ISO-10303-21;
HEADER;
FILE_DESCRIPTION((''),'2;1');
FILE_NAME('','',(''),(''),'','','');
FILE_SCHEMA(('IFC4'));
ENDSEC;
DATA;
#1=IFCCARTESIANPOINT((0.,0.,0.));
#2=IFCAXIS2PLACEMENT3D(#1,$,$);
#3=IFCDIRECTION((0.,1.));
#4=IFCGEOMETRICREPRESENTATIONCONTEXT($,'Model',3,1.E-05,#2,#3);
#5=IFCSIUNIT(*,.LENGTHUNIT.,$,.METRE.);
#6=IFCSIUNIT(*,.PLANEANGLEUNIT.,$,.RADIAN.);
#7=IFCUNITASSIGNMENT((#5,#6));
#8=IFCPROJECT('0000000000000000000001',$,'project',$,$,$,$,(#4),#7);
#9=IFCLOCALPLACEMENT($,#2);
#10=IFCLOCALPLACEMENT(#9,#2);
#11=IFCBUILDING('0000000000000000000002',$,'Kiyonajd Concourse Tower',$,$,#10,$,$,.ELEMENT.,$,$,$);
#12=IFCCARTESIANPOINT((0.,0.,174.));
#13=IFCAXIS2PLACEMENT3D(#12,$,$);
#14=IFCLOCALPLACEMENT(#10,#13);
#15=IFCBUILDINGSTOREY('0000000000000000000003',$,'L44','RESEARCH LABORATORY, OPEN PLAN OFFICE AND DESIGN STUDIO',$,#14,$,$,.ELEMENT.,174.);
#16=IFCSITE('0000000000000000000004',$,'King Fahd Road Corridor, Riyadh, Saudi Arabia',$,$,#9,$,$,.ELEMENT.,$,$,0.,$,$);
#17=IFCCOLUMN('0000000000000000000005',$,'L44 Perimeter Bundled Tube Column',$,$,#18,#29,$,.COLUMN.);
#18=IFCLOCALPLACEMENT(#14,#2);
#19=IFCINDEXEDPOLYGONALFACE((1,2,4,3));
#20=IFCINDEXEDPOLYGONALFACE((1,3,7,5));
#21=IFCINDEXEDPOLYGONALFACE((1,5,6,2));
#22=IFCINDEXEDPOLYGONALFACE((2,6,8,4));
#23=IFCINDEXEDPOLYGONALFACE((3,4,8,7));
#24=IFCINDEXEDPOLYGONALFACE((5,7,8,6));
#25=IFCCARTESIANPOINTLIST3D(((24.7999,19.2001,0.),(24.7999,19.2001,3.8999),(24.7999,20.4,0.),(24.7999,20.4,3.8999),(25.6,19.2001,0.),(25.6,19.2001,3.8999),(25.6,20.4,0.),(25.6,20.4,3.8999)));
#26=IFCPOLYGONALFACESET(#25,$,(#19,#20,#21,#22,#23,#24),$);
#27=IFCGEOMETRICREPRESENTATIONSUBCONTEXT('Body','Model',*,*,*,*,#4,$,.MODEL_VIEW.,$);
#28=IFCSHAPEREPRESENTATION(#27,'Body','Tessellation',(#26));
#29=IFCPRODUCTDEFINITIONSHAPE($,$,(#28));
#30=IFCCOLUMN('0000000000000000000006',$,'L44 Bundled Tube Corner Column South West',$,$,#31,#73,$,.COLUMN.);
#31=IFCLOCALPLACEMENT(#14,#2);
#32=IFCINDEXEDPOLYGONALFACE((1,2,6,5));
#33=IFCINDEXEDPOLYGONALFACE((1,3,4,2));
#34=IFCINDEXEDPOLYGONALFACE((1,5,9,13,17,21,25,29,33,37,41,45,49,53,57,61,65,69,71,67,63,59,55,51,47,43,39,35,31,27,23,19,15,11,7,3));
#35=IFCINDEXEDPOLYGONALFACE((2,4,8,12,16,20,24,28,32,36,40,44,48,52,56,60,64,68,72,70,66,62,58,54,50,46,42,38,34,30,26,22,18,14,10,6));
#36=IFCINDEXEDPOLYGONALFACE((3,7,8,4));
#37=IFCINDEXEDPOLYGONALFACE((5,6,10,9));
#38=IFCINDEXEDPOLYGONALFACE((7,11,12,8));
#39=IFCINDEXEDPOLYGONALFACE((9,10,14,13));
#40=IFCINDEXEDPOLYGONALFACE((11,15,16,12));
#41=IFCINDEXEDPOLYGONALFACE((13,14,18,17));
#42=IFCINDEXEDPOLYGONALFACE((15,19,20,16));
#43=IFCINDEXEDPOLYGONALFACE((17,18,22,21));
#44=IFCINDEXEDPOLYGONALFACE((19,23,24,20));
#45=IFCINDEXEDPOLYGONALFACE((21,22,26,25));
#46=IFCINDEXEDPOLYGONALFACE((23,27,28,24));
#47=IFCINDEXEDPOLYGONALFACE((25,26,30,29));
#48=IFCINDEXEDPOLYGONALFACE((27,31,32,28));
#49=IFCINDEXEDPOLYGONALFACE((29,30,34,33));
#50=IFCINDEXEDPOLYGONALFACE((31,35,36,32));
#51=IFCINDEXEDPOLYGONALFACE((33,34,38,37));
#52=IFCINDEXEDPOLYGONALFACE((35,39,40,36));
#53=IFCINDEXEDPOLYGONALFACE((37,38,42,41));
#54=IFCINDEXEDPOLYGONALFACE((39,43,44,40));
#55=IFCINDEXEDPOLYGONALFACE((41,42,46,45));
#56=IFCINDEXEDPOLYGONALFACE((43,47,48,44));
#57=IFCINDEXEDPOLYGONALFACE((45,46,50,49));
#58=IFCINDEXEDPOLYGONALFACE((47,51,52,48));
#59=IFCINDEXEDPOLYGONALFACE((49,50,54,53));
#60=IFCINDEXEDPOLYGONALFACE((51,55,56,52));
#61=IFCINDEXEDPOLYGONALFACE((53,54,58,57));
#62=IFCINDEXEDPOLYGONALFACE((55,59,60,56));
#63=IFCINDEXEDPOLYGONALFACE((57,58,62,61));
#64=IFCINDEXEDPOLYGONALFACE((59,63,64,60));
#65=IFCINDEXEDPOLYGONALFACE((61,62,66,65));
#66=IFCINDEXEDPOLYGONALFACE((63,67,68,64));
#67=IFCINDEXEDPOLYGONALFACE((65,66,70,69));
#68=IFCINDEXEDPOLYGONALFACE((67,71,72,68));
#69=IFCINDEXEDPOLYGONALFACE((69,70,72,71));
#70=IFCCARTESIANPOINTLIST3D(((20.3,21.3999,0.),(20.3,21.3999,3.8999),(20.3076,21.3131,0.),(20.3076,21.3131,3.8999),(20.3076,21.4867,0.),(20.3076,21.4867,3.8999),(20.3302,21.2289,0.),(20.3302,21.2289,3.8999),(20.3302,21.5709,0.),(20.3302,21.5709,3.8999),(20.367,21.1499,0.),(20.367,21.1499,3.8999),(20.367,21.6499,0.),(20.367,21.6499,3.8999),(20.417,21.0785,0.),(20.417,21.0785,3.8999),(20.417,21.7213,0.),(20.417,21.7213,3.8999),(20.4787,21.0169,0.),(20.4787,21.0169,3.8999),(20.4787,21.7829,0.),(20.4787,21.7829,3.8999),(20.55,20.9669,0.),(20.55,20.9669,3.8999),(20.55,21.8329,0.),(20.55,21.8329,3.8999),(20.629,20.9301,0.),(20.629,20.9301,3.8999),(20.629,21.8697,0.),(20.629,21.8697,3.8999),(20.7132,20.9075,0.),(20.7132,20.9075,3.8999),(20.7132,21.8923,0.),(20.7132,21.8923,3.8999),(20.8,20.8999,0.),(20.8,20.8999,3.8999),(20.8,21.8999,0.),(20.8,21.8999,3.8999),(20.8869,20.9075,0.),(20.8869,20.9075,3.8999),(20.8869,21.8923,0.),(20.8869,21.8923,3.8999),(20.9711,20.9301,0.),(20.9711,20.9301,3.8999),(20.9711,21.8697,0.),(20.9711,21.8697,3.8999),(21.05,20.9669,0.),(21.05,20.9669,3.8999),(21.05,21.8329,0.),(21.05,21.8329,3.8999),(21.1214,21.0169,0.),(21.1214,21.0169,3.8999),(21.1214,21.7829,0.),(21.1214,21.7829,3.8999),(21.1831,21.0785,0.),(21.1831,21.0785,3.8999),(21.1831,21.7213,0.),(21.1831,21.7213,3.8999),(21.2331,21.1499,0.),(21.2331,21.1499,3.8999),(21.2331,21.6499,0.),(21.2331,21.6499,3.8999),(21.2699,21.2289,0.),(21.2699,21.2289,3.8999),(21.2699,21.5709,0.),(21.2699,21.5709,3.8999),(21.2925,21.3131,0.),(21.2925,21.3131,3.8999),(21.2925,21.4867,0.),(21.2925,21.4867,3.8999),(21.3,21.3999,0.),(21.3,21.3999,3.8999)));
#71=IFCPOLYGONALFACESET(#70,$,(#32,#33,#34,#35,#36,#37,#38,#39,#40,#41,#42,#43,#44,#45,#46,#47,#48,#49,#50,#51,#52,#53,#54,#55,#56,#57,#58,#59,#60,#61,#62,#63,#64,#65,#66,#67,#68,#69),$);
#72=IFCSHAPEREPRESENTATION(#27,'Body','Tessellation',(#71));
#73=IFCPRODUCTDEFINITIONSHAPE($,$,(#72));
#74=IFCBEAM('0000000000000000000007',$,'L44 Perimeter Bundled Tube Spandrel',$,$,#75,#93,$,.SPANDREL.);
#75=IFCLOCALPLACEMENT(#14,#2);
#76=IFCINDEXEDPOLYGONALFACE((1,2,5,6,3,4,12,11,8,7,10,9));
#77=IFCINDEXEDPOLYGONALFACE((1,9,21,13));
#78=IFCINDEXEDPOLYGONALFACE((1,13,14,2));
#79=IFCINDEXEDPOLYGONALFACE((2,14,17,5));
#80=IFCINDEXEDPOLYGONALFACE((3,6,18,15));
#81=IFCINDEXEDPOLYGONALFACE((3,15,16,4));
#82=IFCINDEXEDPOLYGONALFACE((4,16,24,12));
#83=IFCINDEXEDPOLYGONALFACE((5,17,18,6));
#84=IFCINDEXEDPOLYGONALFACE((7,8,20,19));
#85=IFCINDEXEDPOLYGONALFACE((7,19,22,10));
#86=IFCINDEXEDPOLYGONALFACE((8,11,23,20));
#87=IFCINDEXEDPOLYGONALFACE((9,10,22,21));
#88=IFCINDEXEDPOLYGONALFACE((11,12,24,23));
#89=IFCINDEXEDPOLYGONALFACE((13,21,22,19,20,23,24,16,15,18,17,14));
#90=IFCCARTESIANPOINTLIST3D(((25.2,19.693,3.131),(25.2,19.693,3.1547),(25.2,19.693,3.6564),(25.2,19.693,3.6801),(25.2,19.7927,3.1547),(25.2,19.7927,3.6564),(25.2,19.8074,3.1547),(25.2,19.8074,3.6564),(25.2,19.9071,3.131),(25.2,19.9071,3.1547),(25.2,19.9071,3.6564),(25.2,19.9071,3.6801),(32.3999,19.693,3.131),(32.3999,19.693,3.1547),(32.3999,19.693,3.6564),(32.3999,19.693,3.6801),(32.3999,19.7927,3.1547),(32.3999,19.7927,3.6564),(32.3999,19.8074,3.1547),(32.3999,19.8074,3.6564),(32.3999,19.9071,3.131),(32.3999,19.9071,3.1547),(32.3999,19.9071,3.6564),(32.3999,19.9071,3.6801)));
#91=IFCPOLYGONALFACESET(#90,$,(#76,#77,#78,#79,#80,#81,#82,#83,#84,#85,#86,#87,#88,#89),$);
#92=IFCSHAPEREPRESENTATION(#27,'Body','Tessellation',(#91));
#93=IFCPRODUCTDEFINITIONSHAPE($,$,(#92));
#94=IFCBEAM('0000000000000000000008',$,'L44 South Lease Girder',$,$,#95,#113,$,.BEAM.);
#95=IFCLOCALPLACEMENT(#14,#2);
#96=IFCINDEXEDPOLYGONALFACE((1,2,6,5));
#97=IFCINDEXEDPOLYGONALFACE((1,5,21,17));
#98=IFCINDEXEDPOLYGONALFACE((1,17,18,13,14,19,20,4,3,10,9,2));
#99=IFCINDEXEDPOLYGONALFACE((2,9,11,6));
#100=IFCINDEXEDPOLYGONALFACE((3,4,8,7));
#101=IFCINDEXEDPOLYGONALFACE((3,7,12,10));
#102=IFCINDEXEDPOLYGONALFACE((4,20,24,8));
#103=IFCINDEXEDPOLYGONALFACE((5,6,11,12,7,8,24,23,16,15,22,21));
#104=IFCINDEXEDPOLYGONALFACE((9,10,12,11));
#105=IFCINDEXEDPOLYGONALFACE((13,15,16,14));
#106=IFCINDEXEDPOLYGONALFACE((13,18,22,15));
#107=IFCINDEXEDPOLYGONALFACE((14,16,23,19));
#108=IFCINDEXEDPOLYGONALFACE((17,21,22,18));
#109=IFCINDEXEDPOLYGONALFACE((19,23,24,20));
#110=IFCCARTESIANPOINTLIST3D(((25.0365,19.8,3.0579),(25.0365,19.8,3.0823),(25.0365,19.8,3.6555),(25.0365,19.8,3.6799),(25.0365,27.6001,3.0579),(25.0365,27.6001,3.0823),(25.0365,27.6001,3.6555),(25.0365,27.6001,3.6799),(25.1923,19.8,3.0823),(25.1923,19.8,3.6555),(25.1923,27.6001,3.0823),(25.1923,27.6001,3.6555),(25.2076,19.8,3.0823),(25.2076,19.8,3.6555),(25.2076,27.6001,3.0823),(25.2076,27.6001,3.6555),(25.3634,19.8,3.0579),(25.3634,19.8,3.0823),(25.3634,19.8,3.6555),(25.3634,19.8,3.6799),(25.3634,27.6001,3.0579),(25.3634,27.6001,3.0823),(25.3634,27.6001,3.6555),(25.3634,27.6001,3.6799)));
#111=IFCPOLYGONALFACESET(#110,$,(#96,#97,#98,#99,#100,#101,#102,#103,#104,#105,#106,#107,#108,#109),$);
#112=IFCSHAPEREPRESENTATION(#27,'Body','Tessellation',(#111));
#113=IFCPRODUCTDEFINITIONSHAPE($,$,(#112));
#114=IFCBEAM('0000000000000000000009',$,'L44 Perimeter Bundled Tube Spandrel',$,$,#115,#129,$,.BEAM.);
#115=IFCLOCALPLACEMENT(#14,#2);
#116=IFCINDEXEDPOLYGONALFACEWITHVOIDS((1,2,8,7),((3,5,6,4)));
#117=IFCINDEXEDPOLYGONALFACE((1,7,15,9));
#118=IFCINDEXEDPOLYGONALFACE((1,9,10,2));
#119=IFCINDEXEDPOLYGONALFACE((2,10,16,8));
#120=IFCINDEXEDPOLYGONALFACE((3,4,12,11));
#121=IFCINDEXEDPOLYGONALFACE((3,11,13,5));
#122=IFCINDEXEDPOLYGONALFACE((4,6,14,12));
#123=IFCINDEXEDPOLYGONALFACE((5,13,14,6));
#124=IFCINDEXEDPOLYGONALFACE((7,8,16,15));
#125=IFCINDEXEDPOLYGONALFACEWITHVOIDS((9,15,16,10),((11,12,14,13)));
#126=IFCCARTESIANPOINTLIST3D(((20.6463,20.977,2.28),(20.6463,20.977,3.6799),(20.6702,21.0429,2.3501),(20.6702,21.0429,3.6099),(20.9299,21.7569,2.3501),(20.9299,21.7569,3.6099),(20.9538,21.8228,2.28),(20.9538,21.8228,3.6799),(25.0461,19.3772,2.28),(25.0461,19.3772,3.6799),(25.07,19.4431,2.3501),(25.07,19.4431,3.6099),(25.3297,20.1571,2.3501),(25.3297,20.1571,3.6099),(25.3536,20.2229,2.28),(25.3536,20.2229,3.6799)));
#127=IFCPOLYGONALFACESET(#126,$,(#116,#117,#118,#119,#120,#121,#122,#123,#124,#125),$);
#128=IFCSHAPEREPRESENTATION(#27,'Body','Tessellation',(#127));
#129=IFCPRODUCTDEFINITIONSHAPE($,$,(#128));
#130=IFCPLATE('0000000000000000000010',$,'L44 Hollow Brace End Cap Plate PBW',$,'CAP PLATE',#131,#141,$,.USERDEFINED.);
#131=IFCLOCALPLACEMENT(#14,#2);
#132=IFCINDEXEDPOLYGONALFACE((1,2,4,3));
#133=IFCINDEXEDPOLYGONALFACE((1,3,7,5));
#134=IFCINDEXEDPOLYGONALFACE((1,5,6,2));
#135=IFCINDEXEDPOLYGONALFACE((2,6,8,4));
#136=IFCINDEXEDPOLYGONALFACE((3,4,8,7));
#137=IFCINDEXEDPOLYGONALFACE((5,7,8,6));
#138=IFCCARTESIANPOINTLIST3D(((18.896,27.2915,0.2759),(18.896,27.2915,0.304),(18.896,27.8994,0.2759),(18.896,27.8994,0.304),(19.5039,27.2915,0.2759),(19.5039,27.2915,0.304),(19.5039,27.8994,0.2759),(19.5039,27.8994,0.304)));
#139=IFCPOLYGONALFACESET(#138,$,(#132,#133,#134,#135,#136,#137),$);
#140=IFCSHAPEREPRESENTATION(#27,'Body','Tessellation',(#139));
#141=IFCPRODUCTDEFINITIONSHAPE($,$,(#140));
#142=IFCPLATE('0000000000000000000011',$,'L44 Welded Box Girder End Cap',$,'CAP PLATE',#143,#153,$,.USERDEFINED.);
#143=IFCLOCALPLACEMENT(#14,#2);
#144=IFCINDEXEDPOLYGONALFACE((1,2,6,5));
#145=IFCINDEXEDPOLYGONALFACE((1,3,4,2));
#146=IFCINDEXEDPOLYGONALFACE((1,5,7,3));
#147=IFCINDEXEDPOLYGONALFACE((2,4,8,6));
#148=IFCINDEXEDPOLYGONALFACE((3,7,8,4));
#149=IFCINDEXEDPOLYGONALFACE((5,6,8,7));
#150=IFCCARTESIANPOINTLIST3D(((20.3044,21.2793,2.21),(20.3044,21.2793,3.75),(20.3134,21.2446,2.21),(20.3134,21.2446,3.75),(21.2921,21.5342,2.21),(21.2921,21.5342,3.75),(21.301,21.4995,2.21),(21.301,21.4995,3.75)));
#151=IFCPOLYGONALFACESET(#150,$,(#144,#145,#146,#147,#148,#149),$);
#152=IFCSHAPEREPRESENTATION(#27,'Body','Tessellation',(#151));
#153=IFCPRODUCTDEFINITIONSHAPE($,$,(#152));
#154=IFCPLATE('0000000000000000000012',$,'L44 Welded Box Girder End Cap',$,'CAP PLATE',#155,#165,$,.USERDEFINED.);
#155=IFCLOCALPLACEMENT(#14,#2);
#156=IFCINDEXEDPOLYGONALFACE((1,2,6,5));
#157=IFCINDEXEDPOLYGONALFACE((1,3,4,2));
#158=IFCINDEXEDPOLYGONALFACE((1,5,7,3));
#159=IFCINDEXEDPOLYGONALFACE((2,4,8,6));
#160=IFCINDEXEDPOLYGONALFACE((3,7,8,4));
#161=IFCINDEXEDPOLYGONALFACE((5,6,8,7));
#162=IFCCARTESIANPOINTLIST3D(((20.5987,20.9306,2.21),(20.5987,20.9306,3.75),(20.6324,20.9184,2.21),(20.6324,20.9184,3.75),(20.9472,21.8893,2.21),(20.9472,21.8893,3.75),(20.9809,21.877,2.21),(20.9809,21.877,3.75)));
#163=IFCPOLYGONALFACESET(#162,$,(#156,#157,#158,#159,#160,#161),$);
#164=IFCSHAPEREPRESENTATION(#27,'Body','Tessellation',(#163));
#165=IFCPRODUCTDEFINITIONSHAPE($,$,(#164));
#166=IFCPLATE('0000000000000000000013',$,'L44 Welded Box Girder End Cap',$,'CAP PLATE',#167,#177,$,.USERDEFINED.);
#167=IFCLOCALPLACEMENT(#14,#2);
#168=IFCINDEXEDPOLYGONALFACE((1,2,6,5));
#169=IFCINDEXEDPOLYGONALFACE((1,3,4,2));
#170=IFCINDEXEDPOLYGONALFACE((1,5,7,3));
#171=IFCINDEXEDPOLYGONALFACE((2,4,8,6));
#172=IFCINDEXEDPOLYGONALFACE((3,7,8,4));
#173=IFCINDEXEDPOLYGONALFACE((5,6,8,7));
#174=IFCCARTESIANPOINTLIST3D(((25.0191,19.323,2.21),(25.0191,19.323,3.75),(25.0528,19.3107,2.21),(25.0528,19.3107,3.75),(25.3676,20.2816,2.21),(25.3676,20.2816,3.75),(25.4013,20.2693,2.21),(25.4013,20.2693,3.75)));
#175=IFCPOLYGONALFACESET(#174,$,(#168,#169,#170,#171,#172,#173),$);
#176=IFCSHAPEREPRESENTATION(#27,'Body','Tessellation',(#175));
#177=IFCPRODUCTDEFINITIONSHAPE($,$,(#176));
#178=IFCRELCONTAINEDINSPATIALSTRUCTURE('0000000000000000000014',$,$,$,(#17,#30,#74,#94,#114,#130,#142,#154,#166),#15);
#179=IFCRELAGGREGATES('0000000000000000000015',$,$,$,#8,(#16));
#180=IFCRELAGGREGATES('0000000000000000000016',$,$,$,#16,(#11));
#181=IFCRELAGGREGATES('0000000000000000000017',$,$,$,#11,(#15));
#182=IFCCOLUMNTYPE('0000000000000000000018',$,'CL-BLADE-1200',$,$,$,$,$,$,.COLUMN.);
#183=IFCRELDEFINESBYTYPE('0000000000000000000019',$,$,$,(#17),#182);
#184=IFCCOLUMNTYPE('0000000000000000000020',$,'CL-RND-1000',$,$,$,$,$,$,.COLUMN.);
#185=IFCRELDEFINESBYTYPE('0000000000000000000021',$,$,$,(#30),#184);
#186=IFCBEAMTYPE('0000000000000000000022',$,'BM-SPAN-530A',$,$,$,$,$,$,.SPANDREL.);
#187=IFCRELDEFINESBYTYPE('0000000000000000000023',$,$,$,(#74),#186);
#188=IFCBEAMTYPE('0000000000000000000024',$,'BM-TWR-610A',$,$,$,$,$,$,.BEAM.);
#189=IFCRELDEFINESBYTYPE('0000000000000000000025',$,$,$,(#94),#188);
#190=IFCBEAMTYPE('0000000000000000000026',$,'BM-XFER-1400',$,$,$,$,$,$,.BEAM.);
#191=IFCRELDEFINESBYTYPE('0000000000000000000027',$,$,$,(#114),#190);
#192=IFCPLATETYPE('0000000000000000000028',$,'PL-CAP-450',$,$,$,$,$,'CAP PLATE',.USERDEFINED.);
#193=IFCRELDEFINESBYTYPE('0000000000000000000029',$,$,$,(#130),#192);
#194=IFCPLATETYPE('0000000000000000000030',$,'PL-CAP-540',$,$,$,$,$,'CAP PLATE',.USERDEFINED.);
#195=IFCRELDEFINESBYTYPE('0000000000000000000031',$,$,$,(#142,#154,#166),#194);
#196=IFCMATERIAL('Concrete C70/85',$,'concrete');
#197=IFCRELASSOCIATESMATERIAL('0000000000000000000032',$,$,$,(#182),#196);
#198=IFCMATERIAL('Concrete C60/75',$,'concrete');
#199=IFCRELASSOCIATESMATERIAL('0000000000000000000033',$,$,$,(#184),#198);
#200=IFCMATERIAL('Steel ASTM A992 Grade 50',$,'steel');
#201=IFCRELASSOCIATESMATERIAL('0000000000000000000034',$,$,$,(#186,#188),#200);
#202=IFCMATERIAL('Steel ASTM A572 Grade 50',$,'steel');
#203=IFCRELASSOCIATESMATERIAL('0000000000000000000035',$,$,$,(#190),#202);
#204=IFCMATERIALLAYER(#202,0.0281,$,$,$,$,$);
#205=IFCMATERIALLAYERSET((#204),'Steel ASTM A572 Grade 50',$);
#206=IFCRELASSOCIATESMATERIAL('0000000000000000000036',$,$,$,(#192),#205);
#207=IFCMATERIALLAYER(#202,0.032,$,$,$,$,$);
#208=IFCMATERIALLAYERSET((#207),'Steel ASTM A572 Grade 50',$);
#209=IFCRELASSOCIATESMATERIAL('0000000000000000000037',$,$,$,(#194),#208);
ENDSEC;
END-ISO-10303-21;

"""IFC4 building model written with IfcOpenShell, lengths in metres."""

from ifc_helpers import new_model, si_unit, direction, frame, origin, origin_2d, place, context, subcontext, project, spatial, rectangle, hollow_rectangle, circle, i_section, extrude, material, layer, layer_set, material_profile, profile_set, type_object, element, save


model = new_model("IFC4")

# Units and contexts
model_context = context("Model", 3, precision=1e-05, world=origin(), true_north=direction((0.0, 1.0)))
body_context = subcontext(model_context, "Body", "Model", "MODEL_VIEW")
ifc_project = project(units=[si_unit("LENGTHUNIT", "METRE"), si_unit("PLANEANGLEUNIT", "RADIAN")], contexts=[model_context])

# Site, building, storey
site_placement = place(None, origin())
site = spatial("IfcSite", under=ifc_project, at=site_placement, Name="King Fahd Road Corridor, Riyadh, Saudi Arabia", CompositionType="ELEMENT", RefElevation=0.0)
building_placement = place(site_placement, origin())
building = spatial("IfcBuilding", under=site, at=building_placement, Name="Kiyonajd Concourse Tower", CompositionType="ELEMENT")
storey_placement = place(building_placement, frame((0.0, 0.0, 174.0)))
storey = spatial("IfcBuildingStorey", under=building, at=storey_placement, Name="L44", Description="RESEARCH LABORATORY, OPEN PLAN OFFICE AND DESIGN STUDIO", CompositionType="ELEMENT", Elevation=174.0)

# Columns
ifc_material_1 = material(Name="Concrete C70/85", Category="concrete")
ifc_material_profile_1 = material_profile(ifc_material_1, rectangle(XDim=0.8, YDim=1.2, at=origin_2d()), Name="RC-1200x800")
ifc_profile_set_1 = profile_set([ifc_material_profile_1], Name="Concrete C70/85")
column_type_1 = type_object("IfcColumnType", Name="CL-BLADE-1200", PredefinedType="COLUMN", material=ifc_profile_set_1)
column_1_placement = place(storey_placement, frame((25.2, 19.8, 0.0), z_axis=(0.0, 0.0, 1.0), x_axis=(1.0, 0.0, 0.0)))
element("IfcColumn", 1, at=column_1_placement, inside=storey, type_object=column_type_1, Name="L44 Perimeter Bundled Tube Column", PredefinedType="COLUMN", context=body_context, shape_type="SweptSolid", body=[
    extrude(rectangle(XDim=0.8, YDim=1.2, at=origin_2d()), origin(), (0.0, 0.0, 1.0), 3.8999),
])
ifc_material_2 = material(Name="Concrete C60/75", Category="concrete")
ifc_material_profile_2 = material_profile(ifc_material_2, circle(Radius=0.5, at=origin_2d()), Name="RCC-D1000")
ifc_profile_set_2 = profile_set([ifc_material_profile_2], Name="Concrete C60/75")
column_type_2 = type_object("IfcColumnType", Name="CL-RND-1000", PredefinedType="COLUMN", material=ifc_profile_set_2)
column_2_placement = place(storey_placement, frame((20.8, 21.3999, 0.0), z_axis=(0.0, 0.0, 1.0), x_axis=(1.0, 0.0, 0.0)))
element("IfcColumn", 2, at=column_2_placement, inside=storey, type_object=column_type_2, Name="L44 Bundled Tube Corner Column South West", PredefinedType="COLUMN", context=body_context, shape_type="SweptSolid", body=[
    extrude(circle(Radius=0.5, at=origin_2d()), origin(), (0.0, 0.0, 1.0), 3.8999),
])

# Beams
ifc_material_3 = material(Name="Steel ASTM A992 Grade 50", Category="steel")
ifc_material_profile_3 = material_profile(ifc_material_3, i_section(OverallWidth=0.2141, OverallDepth=0.5491, WebThickness=0.0146, FlangeThickness=0.0237, at=origin_2d()), Name="W530X138")
ifc_profile_set_3 = profile_set([ifc_material_profile_3], Name="Steel ASTM A992 Grade 50")
beam_type_1 = type_object("IfcBeamType", Name="BM-SPAN-530A", PredefinedType="SPANDREL", material=ifc_profile_set_3)
beam_1_placement = place(storey_placement, frame((25.2, 19.8, 3.4055), z_axis=(1.0, 0.0, 0.0), x_axis=(0.0, 1.0, 0.0)))
element("IfcBeam", 3, at=beam_1_placement, inside=storey, type_object=beam_type_1, Name="L44 Perimeter Bundled Tube Spandrel", PredefinedType="SPANDREL", context=body_context, shape_type="SweptSolid", body=[
    extrude(i_section(OverallWidth=0.2141, OverallDepth=0.5491, WebThickness=0.0146, FlangeThickness=0.0237, at=origin_2d()), origin(), (0.0, 0.0, 1.0), 7.2),
])
ifc_material_profile_4 = material_profile(ifc_material_3, i_section(OverallWidth=0.3269, OverallDepth=0.6221, WebThickness=0.0154, FlangeThickness=0.0244, at=origin_2d()), Name="W610X195")
ifc_profile_set_4 = profile_set([ifc_material_profile_4], Name="Steel ASTM A992 Grade 50")
beam_type_2 = type_object("IfcBeamType", Name="BM-TWR-610A", PredefinedType="BEAM", material=ifc_profile_set_4)
beam_2_placement = place(storey_placement, frame((25.2, 19.8, 3.3689), z_axis=(0.0, 1.0, 0.0), x_axis=(-1.0, 0.0, 0.0)))
element("IfcBeam", 4, at=beam_2_placement, inside=storey, type_object=beam_type_2, Name="L44 South Lease Girder", PredefinedType="BEAM", context=body_context, shape_type="SweptSolid", body=[
    extrude(i_section(OverallWidth=0.3269, OverallDepth=0.6221, WebThickness=0.0154, FlangeThickness=0.0244, at=origin_2d()), origin(), (0.0, 0.0, 1.0), 7.8),
])
ifc_material_4 = material(Name="Steel ASTM A572 Grade 50", Category="steel")
ifc_material_profile_5 = material_profile(ifc_material_4, hollow_rectangle(XDim=0.8999, YDim=1.3999, WallThickness=0.0701, at=origin_2d()), Name="BOX-1400x900x70")
ifc_profile_set_5 = profile_set([ifc_material_profile_5], Name="Steel ASTM A572 Grade 50")
beam_type_3 = type_object("IfcBeamType", Name="BM-XFER-1400", PredefinedType="BEAM", material=ifc_profile_set_5)
beam_3_placement = place(storey_placement, frame((20.8, 21.3999, 2.98), z_axis=(0.939801, -0.341722, 0.0), x_axis=(0.341722, 0.939801, 0.0)))
element("IfcBeam", 5, at=beam_3_placement, inside=storey, type_object=beam_type_3, Name="L44 Perimeter Bundled Tube Spandrel", PredefinedType="BEAM", context=body_context, shape_type="SweptSolid", body=[
    extrude(hollow_rectangle(XDim=0.8999, YDim=1.3999, WallThickness=0.0701, at=origin_2d()), origin(), (0.0, 0.0, 1.0), 4.6816),
])

# Plates
ifc_layer_1 = layer(ifc_material_4, 0.0281)
ifc_layer_set_1 = layer_set([ifc_layer_1], Name="Steel ASTM A572 Grade 50")
plate_type_1 = type_object("IfcPlateType", Name="PL-CAP-450", ElementType="CAP PLATE", PredefinedType="USERDEFINED", material=ifc_layer_set_1)
plate_placement = place(storey_placement, frame((19.2, 27.5955, 0.2759), z_axis=(0.0, 0.0, 1.0), x_axis=(1.0, 0.0, 0.0)))
element("IfcPlate", 6, at=plate_placement, inside=storey, type_object=plate_type_1, Name="L44 Hollow Brace End Cap Plate PBW", ObjectType="CAP PLATE", PredefinedType="USERDEFINED", context=body_context, shape_type="SweptSolid", body=[
    extrude(rectangle(XDim=0.6079, YDim=0.6079, at=origin_2d()), origin(), (0.0, 0.0, 1.0), 0.0281),
])
ifc_layer_2 = layer(ifc_material_4, 0.032)
ifc_layer_set_2 = layer_set([ifc_layer_2], Name="Steel ASTM A572 Grade 50")
plate_type_2 = type_object("IfcPlateType", Name="PL-CAP-540", ElementType="CAP PLATE", PredefinedType="USERDEFINED", material=ifc_layer_set_2)
for number, where, z_axis, x_axis, name in (
    (7, (20.8027, 21.3894, 2.21), (0.0, 0.0, 1.0), (0.249873, -0.968279, 0.0), "L44 Welded Box Girder End Cap"),
    (8, (20.7898, 21.4038, 2.21), (0.0, 0.0, 1.0), (-0.939812, 0.341692, 0.0), "L44 Welded Box Girder End Cap"),
    (9, (25.2102, 19.7961, 2.21), (0.0, 0.0, 1.0), (0.939812, -0.341692, 0.0), "L44 Welded Box Girder End Cap"),
):
    element("IfcPlate", number, at=place(storey_placement, frame(where, z_axis=z_axis, x_axis=x_axis)), inside=storey, type_object=plate_type_2, Name=name, ObjectType="CAP PLATE", PredefinedType="USERDEFINED", context=body_context, shape_type="SweptSolid", body=[
        extrude(rectangle(XDim=0.0359, YDim=1.02, at=origin_2d()), origin(), (0.0, 0.0, 1.0), 1.54),
    ])

save(model, "model.ifc")
